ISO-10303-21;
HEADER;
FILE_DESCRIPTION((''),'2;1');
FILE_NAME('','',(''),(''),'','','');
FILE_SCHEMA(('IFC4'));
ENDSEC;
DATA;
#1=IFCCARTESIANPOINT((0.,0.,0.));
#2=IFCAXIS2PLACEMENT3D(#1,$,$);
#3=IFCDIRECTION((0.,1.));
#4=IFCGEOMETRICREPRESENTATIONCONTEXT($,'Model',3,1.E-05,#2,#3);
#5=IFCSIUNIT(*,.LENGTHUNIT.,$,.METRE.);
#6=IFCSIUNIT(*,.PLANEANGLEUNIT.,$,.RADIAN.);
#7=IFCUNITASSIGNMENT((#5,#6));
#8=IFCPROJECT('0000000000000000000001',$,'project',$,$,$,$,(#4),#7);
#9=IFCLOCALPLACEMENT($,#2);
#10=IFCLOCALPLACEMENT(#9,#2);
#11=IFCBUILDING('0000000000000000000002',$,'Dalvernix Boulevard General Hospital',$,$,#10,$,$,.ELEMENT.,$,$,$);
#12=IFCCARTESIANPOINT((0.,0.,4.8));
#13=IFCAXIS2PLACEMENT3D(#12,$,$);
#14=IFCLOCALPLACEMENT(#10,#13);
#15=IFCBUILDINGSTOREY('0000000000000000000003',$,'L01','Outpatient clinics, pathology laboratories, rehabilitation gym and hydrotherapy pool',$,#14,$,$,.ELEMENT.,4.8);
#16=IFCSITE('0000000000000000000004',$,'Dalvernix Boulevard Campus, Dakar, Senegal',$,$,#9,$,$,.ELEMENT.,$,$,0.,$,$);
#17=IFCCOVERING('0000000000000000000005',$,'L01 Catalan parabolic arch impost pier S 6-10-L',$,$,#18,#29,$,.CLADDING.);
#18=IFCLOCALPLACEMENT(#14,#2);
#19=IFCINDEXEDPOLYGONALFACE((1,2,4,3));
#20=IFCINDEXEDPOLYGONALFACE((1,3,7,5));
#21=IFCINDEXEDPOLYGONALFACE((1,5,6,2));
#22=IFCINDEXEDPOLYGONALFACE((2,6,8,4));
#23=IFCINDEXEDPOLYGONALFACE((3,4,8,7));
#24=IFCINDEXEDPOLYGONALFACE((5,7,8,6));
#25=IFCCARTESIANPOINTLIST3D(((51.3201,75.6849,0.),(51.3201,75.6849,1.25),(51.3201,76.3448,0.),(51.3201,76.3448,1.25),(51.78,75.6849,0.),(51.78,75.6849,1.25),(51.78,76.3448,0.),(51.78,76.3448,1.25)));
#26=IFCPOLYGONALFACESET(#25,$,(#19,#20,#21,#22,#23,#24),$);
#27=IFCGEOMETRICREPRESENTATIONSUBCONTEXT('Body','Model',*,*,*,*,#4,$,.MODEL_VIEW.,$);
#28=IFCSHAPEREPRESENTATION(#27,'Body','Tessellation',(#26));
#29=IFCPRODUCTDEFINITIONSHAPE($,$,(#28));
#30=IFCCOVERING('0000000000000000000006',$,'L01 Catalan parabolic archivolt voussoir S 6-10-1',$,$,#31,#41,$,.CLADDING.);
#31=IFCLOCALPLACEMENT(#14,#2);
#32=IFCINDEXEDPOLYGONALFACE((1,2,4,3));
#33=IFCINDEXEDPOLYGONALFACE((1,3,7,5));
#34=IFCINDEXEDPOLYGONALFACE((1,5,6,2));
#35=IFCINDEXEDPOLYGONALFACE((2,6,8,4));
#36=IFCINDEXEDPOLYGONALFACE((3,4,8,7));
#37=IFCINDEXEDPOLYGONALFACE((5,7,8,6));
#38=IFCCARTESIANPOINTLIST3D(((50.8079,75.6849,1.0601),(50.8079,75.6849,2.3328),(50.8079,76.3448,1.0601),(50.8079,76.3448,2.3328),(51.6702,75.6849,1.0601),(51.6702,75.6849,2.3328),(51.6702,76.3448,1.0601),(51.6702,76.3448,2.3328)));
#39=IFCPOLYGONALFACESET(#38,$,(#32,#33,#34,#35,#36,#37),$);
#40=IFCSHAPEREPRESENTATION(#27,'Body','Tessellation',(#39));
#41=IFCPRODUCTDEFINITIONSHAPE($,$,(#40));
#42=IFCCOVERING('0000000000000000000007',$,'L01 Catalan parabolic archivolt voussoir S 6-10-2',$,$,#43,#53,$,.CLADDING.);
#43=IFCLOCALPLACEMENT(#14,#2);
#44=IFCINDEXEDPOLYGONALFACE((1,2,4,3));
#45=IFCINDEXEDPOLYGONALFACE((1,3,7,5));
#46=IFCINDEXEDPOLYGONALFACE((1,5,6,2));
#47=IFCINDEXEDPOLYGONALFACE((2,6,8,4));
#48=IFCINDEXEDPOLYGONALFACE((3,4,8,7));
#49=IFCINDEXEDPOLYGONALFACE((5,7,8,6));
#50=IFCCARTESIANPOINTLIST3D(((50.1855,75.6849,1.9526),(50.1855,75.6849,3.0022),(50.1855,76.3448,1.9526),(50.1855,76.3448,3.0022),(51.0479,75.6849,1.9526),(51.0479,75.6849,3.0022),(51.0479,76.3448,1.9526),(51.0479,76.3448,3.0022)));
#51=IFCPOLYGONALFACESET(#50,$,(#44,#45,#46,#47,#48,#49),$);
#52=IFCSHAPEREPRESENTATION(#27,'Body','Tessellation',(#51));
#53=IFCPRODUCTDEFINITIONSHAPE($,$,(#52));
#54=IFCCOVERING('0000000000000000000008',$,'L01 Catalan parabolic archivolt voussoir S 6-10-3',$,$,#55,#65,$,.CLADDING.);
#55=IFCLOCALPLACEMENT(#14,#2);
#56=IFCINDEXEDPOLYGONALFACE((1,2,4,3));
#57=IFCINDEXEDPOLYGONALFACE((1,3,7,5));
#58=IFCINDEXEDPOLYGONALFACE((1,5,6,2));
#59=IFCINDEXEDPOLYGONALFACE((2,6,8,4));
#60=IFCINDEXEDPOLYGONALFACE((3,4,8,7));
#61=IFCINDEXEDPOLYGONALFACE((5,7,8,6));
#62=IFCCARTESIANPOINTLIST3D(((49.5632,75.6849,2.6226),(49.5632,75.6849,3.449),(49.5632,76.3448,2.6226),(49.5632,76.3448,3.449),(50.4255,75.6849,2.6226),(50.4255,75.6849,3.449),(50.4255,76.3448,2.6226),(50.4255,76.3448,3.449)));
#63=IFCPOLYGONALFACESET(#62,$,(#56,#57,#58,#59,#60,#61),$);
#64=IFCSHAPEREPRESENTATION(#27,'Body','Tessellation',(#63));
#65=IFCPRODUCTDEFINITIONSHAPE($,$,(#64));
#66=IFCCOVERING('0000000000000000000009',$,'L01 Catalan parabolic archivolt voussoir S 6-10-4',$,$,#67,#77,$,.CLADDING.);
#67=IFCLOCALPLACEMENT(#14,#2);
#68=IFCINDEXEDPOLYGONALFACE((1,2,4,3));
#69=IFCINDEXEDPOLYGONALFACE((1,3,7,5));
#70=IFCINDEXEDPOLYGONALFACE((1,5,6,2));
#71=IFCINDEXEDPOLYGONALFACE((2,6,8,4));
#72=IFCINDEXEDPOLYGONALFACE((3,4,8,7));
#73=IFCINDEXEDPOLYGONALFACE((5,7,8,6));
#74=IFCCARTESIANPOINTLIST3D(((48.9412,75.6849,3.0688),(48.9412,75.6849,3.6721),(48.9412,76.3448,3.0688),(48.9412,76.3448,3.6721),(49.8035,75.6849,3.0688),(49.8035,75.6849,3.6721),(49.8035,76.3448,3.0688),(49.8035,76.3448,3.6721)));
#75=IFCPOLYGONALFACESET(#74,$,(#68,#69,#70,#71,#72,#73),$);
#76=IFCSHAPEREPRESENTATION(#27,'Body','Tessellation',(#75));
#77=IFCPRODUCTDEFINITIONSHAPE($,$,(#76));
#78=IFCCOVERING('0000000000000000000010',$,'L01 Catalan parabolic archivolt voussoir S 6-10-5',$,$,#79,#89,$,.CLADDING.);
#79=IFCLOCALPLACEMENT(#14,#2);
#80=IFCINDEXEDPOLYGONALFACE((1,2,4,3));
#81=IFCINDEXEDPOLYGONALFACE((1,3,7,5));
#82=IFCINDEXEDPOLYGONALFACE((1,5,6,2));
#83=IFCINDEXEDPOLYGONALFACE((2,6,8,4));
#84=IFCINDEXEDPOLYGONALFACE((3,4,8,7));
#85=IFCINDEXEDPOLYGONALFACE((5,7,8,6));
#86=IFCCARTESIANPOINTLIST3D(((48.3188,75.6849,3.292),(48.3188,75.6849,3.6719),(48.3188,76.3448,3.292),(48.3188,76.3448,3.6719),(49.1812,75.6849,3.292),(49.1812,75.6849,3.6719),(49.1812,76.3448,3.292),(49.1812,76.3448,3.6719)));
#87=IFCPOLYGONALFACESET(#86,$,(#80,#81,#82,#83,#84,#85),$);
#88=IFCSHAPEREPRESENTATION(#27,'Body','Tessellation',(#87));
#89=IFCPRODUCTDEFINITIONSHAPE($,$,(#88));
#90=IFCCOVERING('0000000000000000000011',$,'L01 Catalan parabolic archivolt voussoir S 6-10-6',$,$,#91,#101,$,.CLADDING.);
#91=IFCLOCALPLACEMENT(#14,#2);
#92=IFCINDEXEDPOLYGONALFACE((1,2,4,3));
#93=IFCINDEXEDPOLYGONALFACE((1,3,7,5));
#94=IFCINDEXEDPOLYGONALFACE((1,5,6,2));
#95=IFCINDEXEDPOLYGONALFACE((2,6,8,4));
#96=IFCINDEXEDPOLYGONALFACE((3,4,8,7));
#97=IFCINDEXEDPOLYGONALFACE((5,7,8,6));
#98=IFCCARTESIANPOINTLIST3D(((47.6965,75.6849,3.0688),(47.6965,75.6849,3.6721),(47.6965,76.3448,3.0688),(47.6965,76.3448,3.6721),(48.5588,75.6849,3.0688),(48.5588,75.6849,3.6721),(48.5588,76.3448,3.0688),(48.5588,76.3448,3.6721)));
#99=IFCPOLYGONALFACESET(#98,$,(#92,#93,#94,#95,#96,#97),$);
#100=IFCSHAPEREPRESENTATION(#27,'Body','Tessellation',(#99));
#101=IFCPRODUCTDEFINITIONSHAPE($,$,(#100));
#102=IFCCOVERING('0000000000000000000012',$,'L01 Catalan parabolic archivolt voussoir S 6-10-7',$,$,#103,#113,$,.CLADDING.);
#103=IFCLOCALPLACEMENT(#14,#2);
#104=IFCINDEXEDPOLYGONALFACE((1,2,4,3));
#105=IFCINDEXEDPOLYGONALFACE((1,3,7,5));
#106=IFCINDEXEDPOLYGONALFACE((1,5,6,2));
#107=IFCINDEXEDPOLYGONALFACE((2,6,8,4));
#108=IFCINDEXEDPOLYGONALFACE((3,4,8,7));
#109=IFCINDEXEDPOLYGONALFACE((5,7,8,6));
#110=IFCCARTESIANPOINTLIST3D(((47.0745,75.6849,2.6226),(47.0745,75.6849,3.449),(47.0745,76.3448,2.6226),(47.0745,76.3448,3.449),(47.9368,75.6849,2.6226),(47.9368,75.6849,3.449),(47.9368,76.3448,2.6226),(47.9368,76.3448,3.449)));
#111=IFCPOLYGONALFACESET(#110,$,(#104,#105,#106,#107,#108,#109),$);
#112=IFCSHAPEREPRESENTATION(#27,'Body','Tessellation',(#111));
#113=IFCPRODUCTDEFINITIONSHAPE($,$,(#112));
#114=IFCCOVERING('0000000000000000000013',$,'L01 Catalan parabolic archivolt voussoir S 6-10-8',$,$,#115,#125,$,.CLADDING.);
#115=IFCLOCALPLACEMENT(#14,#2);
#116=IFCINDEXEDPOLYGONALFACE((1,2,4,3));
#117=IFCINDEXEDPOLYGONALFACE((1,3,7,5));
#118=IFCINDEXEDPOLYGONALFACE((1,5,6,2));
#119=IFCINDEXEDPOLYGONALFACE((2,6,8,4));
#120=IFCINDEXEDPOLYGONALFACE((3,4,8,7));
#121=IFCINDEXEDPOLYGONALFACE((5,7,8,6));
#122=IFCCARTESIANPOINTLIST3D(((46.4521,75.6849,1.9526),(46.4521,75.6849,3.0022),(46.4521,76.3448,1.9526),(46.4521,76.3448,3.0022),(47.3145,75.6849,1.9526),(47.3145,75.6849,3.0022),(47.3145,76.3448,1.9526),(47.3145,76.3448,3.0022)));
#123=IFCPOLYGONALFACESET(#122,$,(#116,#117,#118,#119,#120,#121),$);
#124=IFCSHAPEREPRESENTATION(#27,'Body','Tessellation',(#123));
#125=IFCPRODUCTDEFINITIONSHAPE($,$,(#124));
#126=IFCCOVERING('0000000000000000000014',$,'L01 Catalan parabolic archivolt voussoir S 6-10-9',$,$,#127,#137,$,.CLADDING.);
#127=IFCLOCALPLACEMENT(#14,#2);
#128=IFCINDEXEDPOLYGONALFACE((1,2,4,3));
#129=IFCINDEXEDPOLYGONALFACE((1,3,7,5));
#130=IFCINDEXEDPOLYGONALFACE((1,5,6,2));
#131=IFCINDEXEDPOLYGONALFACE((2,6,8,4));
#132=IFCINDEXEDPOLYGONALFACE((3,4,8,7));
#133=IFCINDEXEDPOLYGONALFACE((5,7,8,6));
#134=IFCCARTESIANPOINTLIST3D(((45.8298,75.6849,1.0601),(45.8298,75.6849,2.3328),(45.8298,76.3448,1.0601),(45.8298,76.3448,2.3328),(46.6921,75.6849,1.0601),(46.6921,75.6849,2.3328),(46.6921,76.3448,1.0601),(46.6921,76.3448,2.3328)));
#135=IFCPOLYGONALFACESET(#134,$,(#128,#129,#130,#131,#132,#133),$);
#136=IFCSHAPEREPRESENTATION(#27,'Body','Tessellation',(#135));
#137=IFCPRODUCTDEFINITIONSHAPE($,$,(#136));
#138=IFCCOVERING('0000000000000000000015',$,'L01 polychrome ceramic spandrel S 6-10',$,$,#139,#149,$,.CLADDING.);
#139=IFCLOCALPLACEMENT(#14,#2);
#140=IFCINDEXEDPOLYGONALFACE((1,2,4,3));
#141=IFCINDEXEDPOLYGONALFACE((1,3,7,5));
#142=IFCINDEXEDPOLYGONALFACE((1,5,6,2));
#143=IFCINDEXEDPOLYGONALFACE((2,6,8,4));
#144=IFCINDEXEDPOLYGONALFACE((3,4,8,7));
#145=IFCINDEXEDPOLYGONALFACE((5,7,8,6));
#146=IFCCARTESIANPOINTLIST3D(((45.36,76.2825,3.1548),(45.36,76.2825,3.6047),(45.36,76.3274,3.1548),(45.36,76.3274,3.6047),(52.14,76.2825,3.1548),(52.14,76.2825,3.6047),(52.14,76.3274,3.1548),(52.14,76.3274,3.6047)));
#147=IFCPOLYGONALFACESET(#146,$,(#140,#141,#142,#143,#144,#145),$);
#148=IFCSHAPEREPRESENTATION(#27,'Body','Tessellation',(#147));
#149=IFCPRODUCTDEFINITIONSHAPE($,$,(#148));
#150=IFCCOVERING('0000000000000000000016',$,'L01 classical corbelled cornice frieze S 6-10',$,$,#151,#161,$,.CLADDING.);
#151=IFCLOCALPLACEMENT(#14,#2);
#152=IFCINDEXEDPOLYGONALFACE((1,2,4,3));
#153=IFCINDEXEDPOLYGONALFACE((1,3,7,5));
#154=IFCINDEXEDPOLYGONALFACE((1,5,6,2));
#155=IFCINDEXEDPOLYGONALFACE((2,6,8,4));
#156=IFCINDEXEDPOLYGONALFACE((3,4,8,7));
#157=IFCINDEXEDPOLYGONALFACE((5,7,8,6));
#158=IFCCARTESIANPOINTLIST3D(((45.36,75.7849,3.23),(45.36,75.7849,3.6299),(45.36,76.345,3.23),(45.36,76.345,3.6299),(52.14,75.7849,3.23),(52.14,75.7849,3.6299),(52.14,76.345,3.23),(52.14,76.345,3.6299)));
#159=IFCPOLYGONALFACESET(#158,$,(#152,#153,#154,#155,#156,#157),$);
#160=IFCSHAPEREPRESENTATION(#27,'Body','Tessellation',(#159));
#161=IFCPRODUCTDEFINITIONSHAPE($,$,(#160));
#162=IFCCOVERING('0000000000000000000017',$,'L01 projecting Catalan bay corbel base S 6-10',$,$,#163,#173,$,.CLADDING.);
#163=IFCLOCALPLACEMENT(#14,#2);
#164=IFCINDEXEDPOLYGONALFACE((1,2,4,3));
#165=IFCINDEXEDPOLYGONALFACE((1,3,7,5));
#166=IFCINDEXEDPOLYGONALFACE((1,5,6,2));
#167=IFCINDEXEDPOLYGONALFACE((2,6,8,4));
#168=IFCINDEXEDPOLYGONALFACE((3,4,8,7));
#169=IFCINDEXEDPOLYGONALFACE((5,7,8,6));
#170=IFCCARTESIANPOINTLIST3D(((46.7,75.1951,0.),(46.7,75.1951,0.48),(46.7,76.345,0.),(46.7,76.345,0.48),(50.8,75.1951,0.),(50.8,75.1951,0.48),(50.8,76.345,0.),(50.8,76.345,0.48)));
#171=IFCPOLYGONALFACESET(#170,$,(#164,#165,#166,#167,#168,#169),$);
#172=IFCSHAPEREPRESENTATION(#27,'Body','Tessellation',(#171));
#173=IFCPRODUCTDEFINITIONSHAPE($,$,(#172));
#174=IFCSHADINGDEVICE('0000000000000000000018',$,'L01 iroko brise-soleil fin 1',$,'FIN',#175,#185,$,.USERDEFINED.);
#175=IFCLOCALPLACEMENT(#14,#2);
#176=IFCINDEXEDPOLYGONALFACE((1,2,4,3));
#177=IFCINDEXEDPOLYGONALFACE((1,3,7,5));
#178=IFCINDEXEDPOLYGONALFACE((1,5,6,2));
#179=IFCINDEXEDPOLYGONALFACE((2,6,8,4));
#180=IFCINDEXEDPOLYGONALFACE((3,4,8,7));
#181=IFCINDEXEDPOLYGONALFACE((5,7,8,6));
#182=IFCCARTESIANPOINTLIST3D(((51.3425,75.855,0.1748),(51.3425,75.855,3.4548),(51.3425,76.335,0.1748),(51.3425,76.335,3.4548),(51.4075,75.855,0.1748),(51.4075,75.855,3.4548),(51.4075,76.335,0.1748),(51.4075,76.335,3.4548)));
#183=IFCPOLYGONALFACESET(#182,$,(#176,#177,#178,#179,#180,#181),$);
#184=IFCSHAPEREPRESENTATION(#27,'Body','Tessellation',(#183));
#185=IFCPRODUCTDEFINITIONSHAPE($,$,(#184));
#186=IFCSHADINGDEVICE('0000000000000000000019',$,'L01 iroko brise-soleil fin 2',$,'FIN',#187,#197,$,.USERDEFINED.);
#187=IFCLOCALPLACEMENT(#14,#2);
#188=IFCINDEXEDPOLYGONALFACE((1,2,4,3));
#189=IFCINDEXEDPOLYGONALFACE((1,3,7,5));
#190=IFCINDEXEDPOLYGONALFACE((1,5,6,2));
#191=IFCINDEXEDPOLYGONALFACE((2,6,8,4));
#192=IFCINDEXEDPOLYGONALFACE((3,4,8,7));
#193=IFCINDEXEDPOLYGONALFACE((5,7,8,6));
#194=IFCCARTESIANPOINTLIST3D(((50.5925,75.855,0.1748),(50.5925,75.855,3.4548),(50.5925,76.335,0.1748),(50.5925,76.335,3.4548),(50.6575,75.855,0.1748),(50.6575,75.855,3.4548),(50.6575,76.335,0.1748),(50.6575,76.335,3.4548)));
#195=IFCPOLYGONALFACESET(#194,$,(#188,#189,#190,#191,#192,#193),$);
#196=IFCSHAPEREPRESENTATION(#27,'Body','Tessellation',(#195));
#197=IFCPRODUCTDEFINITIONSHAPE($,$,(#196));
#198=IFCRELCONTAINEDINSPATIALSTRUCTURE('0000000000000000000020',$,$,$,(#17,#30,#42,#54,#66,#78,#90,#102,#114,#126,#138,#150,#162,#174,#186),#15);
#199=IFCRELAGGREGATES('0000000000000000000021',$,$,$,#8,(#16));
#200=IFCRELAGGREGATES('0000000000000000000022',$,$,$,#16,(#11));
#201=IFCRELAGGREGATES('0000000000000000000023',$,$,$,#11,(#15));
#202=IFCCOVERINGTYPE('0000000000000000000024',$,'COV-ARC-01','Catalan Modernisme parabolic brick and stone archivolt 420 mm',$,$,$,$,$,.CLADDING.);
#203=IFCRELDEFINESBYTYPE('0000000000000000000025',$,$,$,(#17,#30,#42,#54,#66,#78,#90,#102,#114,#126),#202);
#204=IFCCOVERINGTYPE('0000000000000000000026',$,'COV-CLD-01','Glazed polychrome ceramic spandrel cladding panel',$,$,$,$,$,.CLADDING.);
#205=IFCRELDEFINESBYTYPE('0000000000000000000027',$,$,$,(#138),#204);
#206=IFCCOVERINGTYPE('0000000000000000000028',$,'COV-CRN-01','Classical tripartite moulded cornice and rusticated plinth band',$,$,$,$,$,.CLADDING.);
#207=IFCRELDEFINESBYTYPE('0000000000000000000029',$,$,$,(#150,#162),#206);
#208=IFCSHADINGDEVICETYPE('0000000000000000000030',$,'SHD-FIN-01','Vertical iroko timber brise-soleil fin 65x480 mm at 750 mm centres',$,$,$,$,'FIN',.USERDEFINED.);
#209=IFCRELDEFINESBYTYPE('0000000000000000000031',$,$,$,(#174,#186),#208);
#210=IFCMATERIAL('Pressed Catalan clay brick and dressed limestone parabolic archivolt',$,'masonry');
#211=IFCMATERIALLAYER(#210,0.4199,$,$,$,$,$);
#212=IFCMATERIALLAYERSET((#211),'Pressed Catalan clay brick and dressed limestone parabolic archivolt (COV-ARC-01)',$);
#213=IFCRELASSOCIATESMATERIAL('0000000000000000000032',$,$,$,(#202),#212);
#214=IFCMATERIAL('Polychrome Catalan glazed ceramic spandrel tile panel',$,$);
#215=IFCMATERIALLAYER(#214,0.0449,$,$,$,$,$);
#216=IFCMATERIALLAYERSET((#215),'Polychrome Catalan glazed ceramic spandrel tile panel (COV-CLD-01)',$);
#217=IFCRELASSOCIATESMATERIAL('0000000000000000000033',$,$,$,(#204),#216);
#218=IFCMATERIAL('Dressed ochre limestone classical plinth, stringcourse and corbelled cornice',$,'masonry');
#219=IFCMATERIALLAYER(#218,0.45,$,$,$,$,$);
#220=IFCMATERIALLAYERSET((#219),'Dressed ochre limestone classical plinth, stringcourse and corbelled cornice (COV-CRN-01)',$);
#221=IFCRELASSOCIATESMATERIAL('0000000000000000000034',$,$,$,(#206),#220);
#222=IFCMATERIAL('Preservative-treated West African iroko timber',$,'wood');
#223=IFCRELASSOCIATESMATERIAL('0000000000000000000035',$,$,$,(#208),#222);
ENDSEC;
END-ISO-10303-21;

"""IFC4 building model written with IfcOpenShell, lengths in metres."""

from ifc_helpers import new_model, si_unit, direction, frame, origin, origin_2d, place, context, subcontext, project, spatial, rectangle, extrude, material, layer, layer_set, type_object, element, save


model = new_model("IFC4")

# Units and contexts
model_context = context("Model", 3, precision=1e-05, world=origin(), true_north=direction((0.0, 1.0)))
body_context = subcontext(model_context, "Body", "Model", "MODEL_VIEW")
ifc_project = project(units=[si_unit("LENGTHUNIT", "METRE"), si_unit("PLANEANGLEUNIT", "RADIAN")], contexts=[model_context])

# Site, building, storey
site_placement = place(None, origin())
site = spatial("IfcSite", under=ifc_project, at=site_placement, Name="Dalvernix Boulevard Campus, Dakar, Senegal", CompositionType="ELEMENT", RefElevation=0.0)
building_placement = place(site_placement, origin())
building = spatial("IfcBuilding", under=site, at=building_placement, Name="Dalvernix Boulevard General Hospital", CompositionType="ELEMENT")
storey_placement = place(building_placement, frame((0.0, 0.0, 4.8)))
storey = spatial("IfcBuildingStorey", under=building, at=storey_placement, Name="L01", Description="Outpatient clinics, pathology laboratories, rehabilitation gym and hydrotherapy pool", CompositionType="ELEMENT", Elevation=4.8)

# Coverings
ifc_material_1 = material(Name="Pressed Catalan clay brick and dressed limestone parabolic archivolt", Category="masonry")
ifc_layer_1 = layer(ifc_material_1, 0.4199)
ifc_layer_set_1 = layer_set([ifc_layer_1], Name="Pressed Catalan clay brick and dressed limestone parabolic archivolt (COV-ARC-01)")
covering_type_1 = type_object("IfcCoveringType", Name="COV-ARC-01", Description="Catalan Modernisme parabolic brick and stone archivolt 420 mm", PredefinedType="CLADDING", material=ifc_layer_set_1)
covering_1_placement = place(storey_placement, frame((51.55, 76.0149, 0.0), z_axis=(0.0, 0.0, 1.0), x_axis=(-1.0, 0.0, 0.0)))
element("IfcCovering", 1, at=covering_1_placement, inside=storey, type_object=covering_type_1, Name="L01 Catalan parabolic arch impost pier S 6-10-L", PredefinedType="CLADDING", context=body_context, shape_type="SweptSolid", body=[
    extrude(rectangle(XDim=0.46, YDim=0.6599, at=origin_2d()), origin(), (0.0, 0.0, 1.0), 1.25),
])
covering_2_placement = place(storey_placement, frame((51.239, 76.0149, 1.0601), z_axis=(0.0, 0.0, 1.0), x_axis=(-1.0, 0.0, 0.0)))
element("IfcCovering", 2, at=covering_2_placement, inside=storey, type_object=covering_type_1, Name="L01 Catalan parabolic archivolt voussoir S 6-10-1", PredefinedType="CLADDING", context=body_context, shape_type="SweptSolid", body=[
    extrude(rectangle(XDim=0.8623, YDim=0.6599, at=origin_2d()), origin(), (0.0, 0.0, 1.0), 1.2727),
])
covering_3_placement = place(storey_placement, frame((50.6167, 76.0149, 1.9526), z_axis=(0.0, 0.0, 1.0), x_axis=(-1.0, 0.0, 0.0)))
element("IfcCovering", 3, at=covering_3_placement, inside=storey, type_object=covering_type_1, Name="L01 Catalan parabolic archivolt voussoir S 6-10-2", PredefinedType="CLADDING", context=body_context, shape_type="SweptSolid", body=[
    extrude(rectangle(XDim=0.8623, YDim=0.6599, at=origin_2d()), origin(), (0.0, 0.0, 1.0), 1.0496),
])
covering_4_placement = place(storey_placement, frame((49.9944, 76.0149, 2.6226), z_axis=(0.0, 0.0, 1.0), x_axis=(-1.0, 0.0, 0.0)))
element("IfcCovering", 4, at=covering_4_placement, inside=storey, type_object=covering_type_1, Name="L01 Catalan parabolic archivolt voussoir S 6-10-3", PredefinedType="CLADDING", context=body_context, shape_type="SweptSolid", body=[
    extrude(rectangle(XDim=0.8623, YDim=0.6599, at=origin_2d()), origin(), (0.0, 0.0, 1.0), 0.8264),
])
covering_5_placement = place(storey_placement, frame((49.3723, 76.0149, 3.0688), z_axis=(0.0, 0.0, 1.0), x_axis=(-1.0, 0.0, 0.0)))
element("IfcCovering", 5, at=covering_5_placement, inside=storey, type_object=covering_type_1, Name="L01 Catalan parabolic archivolt voussoir S 6-10-4", PredefinedType="CLADDING", context=body_context, shape_type="SweptSolid", body=[
    extrude(rectangle(XDim=0.8623, YDim=0.6599, at=origin_2d()), origin(), (0.0, 0.0, 1.0), 0.6033),
])
covering_6_placement = place(storey_placement, frame((48.75, 76.0149, 3.292), z_axis=(0.0, 0.0, 1.0), x_axis=(-1.0, 0.0, 0.0)))
element("IfcCovering", 6, at=covering_6_placement, inside=storey, type_object=covering_type_1, Name="L01 Catalan parabolic archivolt voussoir S 6-10-5", PredefinedType="CLADDING", context=body_context, shape_type="SweptSolid", body=[
    extrude(rectangle(XDim=0.8623, YDim=0.6599, at=origin_2d()), origin(), (0.0, 0.0, 1.0), 0.3799),
])
covering_7_placement = place(storey_placement, frame((48.1277, 76.0149, 3.0688), z_axis=(0.0, 0.0, 1.0), x_axis=(-1.0, 0.0, 0.0)))
element("IfcCovering", 7, at=covering_7_placement, inside=storey, type_object=covering_type_1, Name="L01 Catalan parabolic archivolt voussoir S 6-10-6", PredefinedType="CLADDING", context=body_context, shape_type="SweptSolid", body=[
    extrude(rectangle(XDim=0.8623, YDim=0.6599, at=origin_2d()), origin(), (0.0, 0.0, 1.0), 0.6033),
])
covering_8_placement = place(storey_placement, frame((47.5056, 76.0149, 2.6226), z_axis=(0.0, 0.0, 1.0), x_axis=(-1.0, 0.0, 0.0)))
element("IfcCovering", 8, at=covering_8_placement, inside=storey, type_object=covering_type_1, Name="L01 Catalan parabolic archivolt voussoir S 6-10-7", PredefinedType="CLADDING", context=body_context, shape_type="SweptSolid", body=[
    extrude(rectangle(XDim=0.8623, YDim=0.6599, at=origin_2d()), origin(), (0.0, 0.0, 1.0), 0.8264),
])
covering_9_placement = place(storey_placement, frame((46.8833, 76.0149, 1.9526), z_axis=(0.0, 0.0, 1.0), x_axis=(-1.0, 0.0, 0.0)))
element("IfcCovering", 9, at=covering_9_placement, inside=storey, type_object=covering_type_1, Name="L01 Catalan parabolic archivolt voussoir S 6-10-8", PredefinedType="CLADDING", context=body_context, shape_type="SweptSolid", body=[
    extrude(rectangle(XDim=0.8623, YDim=0.6599, at=origin_2d()), origin(), (0.0, 0.0, 1.0), 1.0496),
])
covering_10_placement = place(storey_placement, frame((46.261, 76.0149, 1.0601), z_axis=(0.0, 0.0, 1.0), x_axis=(-1.0, 0.0, 0.0)))
element("IfcCovering", 10, at=covering_10_placement, inside=storey, type_object=covering_type_1, Name="L01 Catalan parabolic archivolt voussoir S 6-10-9", PredefinedType="CLADDING", context=body_context, shape_type="SweptSolid", body=[
    extrude(rectangle(XDim=0.8623, YDim=0.6599, at=origin_2d()), origin(), (0.0, 0.0, 1.0), 1.2727),
])
ifc_material_2 = material(Name="Polychrome Catalan glazed ceramic spandrel tile panel")
ifc_layer_2 = layer(ifc_material_2, 0.0449)
ifc_layer_set_2 = layer_set([ifc_layer_2], Name="Polychrome Catalan glazed ceramic spandrel tile panel (COV-CLD-01)")
covering_type_2 = type_object("IfcCoveringType", Name="COV-CLD-01", Description="Glazed polychrome ceramic spandrel cladding panel", PredefinedType="CLADDING", material=ifc_layer_set_2)
covering_11_placement = place(storey_placement, frame((48.75, 76.3049, 3.1548), z_axis=(0.0, 0.0, 1.0), x_axis=(-1.0, 0.0, 0.0)))
element("IfcCovering", 11, at=covering_11_placement, inside=storey, type_object=covering_type_2, Name="L01 polychrome ceramic spandrel S 6-10", PredefinedType="CLADDING", context=body_context, shape_type="SweptSolid", body=[
    extrude(rectangle(XDim=6.78, YDim=0.0449, at=origin_2d()), origin(), (0.0, 0.0, 1.0), 0.45),
])
ifc_material_3 = material(Name="Dressed ochre limestone classical plinth, stringcourse and corbelled cornice", Category="masonry")
ifc_layer_3 = layer(ifc_material_3, 0.45)
ifc_layer_set_3 = layer_set([ifc_layer_3], Name="Dressed ochre limestone classical plinth, stringcourse and corbelled cornice (COV-CRN-01)")
covering_type_3 = type_object("IfcCoveringType", Name="COV-CRN-01", Description="Classical tripartite moulded cornice and rusticated plinth band", PredefinedType="CLADDING", material=ifc_layer_set_3)
covering_12_placement = place(storey_placement, frame((48.75, 76.0649, 3.23), z_axis=(0.0, 0.0, 1.0), x_axis=(-1.0, 0.0, 0.0)))
element("IfcCovering", 12, at=covering_12_placement, inside=storey, type_object=covering_type_3, Name="L01 classical corbelled cornice frieze S 6-10", PredefinedType="CLADDING", context=body_context, shape_type="SweptSolid", body=[
    extrude(rectangle(XDim=6.78, YDim=0.5601, at=origin_2d()), origin(), (0.0, 0.0, 1.0), 0.3999),
])
covering_13_placement = place(storey_placement, frame((48.75, 75.77, 0.0), z_axis=(0.0, 0.0, 1.0), x_axis=(-1.0, 0.0, 0.0)))
element("IfcCovering", 13, at=covering_13_placement, inside=storey, type_object=covering_type_3, Name="L01 projecting Catalan bay corbel base S 6-10", PredefinedType="CLADDING", context=body_context, shape_type="SweptSolid", body=[
    extrude(rectangle(XDim=4.1001, YDim=1.1499, at=origin_2d()), origin(), (0.0, 0.0, 1.0), 0.48),
])

# Shading devices
ifc_material_4 = material(Name="Preservative-treated West African iroko timber", Category="wood")
shading_device_type = type_object("IfcShadingDeviceType", Name="SHD-FIN-01", Description="Vertical iroko timber brise-soleil fin 65x480 mm at 750 mm centres", ElementType="FIN", PredefinedType="USERDEFINED", material=ifc_material_4)
for number, where, z_axis, x_axis, name in (
    (14, (51.375, 76.095, 0.1748), (0.0, 0.0, 1.0), (-1.0, 0.0, 0.0), "L01 iroko brise-soleil fin 1"),
    (15, (50.625, 76.095, 0.1748), (0.0, 0.0, 1.0), (-1.0, 0.0, 0.0), "L01 iroko brise-soleil fin 2"),
):
    element("IfcShadingDevice", number, at=place(storey_placement, frame(where, z_axis=z_axis, x_axis=x_axis)), inside=storey, type_object=shading_device_type, Name=name, ObjectType="FIN", PredefinedType="USERDEFINED", context=body_context, shape_type="SweptSolid", body=[
        extrude(rectangle(XDim=0.0649, YDim=0.48, at=origin_2d()), origin(), (0.0, 0.0, 1.0), 3.28),
    ])

save(model, "model.ifc")
